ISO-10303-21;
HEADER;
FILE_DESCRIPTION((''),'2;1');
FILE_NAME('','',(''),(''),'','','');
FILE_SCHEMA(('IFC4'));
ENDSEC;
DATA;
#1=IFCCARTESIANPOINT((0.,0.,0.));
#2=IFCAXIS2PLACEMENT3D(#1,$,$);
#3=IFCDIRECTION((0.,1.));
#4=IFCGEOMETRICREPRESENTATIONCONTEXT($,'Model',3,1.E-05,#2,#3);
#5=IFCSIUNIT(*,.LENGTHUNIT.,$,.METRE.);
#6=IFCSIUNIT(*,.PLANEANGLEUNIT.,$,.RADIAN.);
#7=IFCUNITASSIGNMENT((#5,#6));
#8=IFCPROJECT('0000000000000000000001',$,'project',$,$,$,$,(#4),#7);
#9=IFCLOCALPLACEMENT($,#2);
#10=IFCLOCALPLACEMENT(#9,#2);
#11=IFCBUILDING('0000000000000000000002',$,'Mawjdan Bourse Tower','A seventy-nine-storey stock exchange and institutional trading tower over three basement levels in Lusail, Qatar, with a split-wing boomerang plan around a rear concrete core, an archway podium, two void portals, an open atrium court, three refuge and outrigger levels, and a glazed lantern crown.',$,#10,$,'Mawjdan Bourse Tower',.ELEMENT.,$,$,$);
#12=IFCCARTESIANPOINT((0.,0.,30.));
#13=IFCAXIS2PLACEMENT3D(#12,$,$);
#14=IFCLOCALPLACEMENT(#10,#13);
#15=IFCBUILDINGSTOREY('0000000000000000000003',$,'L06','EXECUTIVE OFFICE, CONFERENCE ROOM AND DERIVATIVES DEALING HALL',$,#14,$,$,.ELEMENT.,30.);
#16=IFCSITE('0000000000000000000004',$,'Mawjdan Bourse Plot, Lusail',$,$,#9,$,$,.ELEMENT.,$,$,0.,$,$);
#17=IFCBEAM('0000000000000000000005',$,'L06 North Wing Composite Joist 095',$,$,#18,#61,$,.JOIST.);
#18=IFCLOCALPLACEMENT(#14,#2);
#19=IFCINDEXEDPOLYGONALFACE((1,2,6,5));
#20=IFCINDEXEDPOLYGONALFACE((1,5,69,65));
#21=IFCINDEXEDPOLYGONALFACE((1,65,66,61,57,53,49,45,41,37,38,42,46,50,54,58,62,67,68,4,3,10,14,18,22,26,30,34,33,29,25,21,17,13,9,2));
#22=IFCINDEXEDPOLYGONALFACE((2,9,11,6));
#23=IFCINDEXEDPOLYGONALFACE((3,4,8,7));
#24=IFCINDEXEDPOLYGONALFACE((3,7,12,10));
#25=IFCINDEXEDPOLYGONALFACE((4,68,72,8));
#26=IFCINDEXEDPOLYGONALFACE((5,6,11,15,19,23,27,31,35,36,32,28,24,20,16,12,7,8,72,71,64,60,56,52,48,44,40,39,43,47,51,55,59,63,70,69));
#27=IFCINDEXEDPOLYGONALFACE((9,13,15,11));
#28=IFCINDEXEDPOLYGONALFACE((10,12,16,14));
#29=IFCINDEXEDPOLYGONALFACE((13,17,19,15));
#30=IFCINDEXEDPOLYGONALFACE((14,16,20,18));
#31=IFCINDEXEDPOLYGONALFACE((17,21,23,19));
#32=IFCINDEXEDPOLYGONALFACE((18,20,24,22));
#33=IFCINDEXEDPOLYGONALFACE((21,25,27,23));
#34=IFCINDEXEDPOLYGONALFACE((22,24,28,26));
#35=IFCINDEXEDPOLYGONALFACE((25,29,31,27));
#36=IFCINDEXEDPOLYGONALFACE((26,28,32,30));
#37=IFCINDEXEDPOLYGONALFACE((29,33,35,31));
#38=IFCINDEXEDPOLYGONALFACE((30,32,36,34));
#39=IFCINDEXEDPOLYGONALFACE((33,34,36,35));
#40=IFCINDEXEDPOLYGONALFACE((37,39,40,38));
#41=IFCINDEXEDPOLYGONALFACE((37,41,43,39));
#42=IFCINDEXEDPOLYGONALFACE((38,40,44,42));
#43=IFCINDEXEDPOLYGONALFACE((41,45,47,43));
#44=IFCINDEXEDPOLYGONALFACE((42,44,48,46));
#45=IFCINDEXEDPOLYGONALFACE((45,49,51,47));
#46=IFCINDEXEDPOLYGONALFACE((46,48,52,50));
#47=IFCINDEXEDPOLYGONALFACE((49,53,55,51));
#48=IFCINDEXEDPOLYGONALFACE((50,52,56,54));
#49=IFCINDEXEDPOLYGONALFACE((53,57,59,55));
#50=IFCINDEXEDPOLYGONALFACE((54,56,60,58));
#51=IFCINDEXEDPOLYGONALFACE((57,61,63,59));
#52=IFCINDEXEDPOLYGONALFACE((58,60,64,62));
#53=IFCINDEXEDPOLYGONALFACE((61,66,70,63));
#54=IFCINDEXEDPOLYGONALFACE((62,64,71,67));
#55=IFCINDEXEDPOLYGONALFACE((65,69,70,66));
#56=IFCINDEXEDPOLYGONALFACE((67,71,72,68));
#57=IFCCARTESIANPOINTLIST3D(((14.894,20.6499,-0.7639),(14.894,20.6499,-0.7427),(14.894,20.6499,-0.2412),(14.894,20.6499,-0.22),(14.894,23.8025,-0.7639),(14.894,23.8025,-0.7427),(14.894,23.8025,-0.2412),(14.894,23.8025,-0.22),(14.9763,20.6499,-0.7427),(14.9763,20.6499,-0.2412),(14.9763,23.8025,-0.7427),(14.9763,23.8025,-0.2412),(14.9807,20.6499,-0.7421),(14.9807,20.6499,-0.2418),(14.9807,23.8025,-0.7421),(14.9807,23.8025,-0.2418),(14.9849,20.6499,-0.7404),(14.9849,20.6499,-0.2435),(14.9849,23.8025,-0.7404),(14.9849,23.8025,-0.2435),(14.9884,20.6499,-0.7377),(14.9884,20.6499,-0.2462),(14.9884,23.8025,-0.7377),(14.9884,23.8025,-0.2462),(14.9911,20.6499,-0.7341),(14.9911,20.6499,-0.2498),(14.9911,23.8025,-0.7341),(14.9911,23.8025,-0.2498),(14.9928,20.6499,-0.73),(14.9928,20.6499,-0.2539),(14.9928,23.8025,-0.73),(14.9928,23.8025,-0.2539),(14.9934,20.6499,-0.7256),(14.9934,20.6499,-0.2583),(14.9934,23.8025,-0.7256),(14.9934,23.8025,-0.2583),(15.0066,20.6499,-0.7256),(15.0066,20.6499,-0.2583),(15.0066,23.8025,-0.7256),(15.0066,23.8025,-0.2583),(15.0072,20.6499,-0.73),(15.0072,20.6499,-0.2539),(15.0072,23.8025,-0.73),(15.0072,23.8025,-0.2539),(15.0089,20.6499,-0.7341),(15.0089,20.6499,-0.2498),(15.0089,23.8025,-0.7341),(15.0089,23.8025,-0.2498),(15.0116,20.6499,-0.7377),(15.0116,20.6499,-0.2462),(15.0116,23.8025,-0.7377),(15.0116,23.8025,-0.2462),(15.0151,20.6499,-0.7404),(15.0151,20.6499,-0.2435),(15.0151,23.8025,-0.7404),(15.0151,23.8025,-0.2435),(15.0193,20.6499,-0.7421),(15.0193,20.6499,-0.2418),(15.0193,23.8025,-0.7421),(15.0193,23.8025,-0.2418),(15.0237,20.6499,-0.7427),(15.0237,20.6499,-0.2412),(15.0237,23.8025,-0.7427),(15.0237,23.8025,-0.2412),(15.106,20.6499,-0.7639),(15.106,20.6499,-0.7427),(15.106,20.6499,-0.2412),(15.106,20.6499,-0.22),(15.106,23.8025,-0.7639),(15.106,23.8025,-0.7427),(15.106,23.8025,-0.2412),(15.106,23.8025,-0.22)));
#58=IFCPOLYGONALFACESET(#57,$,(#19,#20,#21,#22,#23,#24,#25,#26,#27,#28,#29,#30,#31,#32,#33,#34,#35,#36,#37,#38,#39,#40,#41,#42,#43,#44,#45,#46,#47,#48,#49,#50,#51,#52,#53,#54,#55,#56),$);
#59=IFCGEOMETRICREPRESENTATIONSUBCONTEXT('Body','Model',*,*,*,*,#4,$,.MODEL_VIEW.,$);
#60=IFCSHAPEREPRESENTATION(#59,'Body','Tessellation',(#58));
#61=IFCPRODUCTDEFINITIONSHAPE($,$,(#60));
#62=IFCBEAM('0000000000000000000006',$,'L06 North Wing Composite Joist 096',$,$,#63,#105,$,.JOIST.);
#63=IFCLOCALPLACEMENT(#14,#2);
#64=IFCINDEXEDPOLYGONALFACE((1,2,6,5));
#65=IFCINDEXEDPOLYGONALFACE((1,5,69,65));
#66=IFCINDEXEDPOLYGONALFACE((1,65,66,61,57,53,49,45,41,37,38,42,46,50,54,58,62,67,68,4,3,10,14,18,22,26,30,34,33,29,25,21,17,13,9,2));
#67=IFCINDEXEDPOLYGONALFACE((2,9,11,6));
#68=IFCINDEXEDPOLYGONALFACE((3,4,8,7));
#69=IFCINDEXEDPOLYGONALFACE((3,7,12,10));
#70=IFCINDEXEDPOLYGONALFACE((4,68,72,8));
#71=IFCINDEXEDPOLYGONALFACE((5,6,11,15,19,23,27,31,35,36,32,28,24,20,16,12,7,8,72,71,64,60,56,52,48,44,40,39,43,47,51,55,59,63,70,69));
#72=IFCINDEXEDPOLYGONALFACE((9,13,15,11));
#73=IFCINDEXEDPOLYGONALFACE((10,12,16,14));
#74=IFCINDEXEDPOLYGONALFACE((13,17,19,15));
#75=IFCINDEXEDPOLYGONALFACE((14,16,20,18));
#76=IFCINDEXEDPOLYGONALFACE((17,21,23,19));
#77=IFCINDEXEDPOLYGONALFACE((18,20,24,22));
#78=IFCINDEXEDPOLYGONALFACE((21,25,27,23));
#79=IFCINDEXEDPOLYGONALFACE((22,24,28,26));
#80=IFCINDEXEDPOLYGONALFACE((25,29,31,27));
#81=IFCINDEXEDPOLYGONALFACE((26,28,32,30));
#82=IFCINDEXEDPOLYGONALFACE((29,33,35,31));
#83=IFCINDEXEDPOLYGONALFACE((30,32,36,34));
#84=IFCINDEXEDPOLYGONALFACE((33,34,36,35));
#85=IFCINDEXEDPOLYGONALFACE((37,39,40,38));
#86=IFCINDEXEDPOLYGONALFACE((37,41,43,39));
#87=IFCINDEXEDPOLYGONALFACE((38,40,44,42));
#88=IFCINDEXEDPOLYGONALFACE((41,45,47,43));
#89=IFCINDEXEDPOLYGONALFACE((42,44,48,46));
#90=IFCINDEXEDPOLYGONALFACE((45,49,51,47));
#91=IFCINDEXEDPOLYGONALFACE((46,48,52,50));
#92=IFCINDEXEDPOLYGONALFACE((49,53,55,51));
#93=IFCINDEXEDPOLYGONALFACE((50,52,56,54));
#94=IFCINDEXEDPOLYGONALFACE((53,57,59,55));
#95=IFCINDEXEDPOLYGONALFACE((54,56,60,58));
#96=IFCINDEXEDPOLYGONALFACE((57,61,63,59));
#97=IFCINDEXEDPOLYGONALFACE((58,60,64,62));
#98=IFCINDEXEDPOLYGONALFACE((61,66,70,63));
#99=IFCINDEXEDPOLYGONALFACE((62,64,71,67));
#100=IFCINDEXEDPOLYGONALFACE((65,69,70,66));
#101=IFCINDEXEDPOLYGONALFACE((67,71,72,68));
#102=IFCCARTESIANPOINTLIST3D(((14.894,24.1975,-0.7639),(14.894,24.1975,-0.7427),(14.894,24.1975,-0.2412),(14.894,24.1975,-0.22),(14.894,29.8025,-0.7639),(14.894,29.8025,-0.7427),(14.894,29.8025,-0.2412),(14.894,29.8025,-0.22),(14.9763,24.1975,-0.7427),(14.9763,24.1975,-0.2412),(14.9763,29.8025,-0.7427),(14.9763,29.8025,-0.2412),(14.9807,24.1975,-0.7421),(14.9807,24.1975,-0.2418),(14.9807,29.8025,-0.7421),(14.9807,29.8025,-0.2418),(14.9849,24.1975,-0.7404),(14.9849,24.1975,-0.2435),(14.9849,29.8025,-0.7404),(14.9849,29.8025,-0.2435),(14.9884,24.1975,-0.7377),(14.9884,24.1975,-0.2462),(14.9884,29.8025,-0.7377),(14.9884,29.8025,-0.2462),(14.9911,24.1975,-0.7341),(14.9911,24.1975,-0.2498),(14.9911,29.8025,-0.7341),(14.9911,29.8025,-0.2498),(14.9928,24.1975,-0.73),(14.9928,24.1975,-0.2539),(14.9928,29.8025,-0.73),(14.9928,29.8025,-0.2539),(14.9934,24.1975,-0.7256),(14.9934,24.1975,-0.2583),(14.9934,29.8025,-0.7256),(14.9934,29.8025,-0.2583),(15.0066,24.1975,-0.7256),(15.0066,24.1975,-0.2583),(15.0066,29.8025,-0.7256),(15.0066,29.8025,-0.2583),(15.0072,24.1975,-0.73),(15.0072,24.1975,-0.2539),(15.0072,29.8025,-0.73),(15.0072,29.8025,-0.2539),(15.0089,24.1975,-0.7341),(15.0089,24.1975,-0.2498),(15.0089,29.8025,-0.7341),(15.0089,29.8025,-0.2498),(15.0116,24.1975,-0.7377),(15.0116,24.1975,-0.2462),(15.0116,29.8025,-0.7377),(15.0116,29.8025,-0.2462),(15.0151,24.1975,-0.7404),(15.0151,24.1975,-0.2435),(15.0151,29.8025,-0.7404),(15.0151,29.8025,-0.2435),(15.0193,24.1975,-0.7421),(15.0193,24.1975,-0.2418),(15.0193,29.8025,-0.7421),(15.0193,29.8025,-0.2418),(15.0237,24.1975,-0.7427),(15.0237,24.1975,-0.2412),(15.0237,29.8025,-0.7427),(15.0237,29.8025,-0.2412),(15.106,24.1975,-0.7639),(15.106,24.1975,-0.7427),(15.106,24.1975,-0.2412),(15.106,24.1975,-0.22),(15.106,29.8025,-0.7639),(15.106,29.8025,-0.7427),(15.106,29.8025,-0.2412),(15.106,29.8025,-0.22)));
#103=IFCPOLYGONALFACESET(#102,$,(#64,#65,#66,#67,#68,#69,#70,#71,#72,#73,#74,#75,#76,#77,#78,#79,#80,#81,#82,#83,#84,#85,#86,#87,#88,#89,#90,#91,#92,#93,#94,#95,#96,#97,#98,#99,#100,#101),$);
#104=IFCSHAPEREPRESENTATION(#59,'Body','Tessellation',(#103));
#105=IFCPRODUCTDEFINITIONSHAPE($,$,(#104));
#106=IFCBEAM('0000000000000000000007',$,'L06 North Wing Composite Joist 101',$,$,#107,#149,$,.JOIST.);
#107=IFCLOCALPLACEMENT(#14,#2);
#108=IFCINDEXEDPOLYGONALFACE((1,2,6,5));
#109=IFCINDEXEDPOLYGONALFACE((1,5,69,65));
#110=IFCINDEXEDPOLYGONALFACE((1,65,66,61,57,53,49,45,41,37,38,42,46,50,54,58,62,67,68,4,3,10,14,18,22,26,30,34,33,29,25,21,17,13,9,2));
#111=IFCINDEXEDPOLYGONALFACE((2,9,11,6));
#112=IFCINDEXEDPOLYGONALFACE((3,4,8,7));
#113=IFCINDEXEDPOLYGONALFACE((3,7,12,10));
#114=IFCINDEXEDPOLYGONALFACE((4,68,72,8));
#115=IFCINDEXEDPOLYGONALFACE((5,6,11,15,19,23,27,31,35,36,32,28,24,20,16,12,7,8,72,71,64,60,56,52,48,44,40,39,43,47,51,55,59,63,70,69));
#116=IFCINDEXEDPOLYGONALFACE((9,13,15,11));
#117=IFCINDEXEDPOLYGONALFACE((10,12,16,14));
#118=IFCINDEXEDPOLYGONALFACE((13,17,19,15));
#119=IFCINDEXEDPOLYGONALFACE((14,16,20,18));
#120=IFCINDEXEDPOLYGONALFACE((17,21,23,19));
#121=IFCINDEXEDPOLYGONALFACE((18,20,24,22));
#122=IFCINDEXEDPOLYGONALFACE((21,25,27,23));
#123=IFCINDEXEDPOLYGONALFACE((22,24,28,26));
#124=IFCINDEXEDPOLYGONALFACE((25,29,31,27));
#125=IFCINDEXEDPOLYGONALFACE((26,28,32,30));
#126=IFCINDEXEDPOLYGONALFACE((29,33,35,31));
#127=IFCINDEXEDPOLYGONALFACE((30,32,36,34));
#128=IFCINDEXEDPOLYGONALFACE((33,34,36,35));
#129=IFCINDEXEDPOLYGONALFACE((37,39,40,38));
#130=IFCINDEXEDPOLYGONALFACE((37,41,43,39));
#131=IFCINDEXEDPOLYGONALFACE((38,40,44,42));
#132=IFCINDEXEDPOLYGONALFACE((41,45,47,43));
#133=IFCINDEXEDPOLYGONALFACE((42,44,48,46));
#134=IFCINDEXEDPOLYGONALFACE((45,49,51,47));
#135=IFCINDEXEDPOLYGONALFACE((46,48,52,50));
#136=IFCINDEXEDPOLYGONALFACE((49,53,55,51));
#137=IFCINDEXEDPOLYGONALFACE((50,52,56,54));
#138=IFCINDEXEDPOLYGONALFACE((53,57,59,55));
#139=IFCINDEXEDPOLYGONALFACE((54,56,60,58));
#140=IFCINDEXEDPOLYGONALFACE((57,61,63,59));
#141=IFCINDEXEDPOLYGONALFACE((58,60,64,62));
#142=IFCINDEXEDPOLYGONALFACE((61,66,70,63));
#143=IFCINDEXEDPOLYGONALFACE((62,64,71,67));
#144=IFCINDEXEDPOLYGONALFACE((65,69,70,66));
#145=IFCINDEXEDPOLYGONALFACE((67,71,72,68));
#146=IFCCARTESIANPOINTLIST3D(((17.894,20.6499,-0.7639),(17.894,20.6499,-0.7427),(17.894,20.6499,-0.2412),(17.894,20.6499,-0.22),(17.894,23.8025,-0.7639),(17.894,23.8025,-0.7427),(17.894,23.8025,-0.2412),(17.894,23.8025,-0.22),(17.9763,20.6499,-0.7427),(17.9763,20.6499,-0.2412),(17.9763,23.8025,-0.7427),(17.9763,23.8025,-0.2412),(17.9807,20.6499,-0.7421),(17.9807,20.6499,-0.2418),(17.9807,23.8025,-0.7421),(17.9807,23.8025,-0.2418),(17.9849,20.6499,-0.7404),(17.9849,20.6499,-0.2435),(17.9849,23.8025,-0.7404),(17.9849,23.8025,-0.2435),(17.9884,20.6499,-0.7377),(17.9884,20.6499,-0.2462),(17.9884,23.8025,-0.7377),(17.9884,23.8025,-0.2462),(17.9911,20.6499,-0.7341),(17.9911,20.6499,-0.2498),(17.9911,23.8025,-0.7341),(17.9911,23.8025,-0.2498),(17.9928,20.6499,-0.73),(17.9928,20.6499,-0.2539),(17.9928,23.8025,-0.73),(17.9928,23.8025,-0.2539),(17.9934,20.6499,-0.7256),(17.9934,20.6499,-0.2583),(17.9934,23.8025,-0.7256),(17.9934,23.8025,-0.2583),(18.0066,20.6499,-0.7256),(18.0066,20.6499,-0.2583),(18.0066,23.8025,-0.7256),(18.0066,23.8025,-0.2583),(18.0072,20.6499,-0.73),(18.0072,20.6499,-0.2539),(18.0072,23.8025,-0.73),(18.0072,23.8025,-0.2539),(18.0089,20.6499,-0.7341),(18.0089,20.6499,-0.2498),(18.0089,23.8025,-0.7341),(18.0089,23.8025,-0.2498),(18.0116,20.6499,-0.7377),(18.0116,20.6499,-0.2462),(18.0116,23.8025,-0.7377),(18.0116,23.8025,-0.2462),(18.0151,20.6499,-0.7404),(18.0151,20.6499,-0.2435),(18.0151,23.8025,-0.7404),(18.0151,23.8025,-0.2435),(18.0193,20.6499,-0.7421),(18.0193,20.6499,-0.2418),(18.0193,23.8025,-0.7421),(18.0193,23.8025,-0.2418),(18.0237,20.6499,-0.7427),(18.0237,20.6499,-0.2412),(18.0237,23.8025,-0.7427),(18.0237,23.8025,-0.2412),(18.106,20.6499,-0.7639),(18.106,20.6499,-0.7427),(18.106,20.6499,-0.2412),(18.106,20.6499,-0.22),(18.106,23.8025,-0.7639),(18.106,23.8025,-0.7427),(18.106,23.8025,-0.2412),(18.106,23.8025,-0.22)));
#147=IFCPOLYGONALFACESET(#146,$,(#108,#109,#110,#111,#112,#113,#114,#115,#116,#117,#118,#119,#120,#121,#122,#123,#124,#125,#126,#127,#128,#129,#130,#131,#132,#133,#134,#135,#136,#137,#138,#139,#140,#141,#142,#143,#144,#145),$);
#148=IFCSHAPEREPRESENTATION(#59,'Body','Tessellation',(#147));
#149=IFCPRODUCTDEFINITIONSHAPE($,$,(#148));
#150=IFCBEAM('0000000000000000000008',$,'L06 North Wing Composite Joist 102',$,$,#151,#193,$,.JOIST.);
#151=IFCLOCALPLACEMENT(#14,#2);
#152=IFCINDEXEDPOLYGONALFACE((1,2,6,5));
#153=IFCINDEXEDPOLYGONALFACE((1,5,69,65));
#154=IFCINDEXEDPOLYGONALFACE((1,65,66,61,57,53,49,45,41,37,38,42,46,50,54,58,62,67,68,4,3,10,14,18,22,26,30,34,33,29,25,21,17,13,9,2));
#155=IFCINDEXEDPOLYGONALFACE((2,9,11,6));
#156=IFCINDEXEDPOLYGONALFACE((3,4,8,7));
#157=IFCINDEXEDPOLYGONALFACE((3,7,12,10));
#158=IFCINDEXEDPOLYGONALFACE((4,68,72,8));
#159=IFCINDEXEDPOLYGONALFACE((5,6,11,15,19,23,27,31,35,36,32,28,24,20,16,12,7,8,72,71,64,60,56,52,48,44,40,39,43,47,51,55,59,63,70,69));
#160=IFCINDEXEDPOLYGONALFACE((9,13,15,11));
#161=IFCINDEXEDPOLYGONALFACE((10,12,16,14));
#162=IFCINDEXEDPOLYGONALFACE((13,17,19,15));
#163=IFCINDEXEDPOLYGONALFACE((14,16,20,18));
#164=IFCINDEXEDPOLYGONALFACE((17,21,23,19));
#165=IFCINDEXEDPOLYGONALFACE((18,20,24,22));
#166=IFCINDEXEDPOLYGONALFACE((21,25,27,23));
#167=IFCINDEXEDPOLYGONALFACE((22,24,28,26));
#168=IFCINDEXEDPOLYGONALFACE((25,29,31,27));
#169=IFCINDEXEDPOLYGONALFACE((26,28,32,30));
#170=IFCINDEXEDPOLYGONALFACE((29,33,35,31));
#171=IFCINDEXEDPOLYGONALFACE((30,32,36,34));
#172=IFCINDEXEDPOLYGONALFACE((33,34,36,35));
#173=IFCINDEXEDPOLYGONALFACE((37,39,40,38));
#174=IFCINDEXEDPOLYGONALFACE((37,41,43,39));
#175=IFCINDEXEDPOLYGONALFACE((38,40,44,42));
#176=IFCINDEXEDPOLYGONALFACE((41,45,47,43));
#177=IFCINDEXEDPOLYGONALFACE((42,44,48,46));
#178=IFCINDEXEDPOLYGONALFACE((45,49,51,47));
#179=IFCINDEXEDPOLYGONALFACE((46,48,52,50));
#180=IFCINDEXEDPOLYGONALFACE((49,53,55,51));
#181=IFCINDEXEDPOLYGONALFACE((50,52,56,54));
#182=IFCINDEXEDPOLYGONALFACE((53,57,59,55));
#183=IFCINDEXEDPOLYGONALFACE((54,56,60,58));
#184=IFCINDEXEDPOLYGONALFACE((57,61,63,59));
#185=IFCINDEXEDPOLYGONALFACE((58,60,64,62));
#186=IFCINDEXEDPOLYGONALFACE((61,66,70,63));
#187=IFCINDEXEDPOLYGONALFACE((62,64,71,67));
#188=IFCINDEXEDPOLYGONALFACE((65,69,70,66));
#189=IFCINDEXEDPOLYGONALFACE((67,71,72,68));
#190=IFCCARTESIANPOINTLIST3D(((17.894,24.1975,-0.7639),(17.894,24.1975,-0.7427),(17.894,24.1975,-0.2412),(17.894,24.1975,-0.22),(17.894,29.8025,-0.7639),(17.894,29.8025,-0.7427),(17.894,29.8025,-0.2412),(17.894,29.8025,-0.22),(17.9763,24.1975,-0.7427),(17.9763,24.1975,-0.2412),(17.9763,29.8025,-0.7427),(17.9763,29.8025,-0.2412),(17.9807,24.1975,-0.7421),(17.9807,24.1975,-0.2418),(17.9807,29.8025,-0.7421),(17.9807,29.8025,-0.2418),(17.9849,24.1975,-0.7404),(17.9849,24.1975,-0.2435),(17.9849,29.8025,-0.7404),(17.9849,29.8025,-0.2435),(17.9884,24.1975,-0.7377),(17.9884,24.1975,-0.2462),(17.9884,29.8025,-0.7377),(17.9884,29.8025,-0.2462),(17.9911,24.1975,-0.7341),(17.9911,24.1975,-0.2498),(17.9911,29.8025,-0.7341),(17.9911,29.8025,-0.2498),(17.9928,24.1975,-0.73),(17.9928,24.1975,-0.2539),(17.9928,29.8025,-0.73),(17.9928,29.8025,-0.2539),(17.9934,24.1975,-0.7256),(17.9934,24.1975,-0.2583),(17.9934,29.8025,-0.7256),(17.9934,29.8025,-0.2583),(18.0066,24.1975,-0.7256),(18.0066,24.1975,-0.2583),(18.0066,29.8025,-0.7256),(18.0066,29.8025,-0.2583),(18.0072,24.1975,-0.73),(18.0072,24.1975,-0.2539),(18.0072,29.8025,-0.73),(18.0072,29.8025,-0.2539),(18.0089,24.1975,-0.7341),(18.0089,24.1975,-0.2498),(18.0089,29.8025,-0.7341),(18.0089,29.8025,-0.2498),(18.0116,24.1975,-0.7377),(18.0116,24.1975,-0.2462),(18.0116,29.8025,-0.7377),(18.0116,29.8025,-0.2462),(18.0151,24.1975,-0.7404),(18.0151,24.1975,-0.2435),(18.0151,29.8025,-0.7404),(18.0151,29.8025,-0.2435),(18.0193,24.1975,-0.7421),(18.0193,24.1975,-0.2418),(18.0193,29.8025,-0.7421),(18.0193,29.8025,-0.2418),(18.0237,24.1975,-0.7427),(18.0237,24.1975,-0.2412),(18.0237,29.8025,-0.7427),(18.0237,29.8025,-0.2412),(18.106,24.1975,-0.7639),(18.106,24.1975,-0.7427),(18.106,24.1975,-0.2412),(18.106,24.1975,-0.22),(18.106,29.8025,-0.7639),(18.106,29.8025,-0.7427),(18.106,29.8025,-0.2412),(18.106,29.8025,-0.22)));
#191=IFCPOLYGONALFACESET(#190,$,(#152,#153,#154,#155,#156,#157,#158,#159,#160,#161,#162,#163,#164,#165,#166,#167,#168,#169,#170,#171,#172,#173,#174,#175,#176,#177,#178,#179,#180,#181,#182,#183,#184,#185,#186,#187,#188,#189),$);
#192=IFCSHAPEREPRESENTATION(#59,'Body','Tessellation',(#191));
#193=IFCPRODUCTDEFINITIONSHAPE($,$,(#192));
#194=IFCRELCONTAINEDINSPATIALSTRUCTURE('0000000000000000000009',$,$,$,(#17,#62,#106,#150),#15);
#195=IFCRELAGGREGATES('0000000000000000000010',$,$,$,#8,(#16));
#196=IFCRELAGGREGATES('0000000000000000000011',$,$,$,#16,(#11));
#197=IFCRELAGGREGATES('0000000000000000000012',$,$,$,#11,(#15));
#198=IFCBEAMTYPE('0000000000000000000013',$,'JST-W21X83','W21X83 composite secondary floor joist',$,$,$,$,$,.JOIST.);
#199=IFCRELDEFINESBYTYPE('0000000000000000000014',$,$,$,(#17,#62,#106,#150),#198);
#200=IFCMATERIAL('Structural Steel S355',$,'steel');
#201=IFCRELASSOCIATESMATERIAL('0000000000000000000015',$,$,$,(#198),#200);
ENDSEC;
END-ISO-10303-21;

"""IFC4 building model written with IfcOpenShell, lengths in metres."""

from ifc_helpers import new_model, si_unit, direction, frame, origin, origin_2d, place, context, subcontext, project, spatial, i_section, extrude, material, material_profile, profile_set, type_object, element, save


model = new_model("IFC4")

# Units and contexts
model_context = context("Model", 3, precision=1e-05, world=origin(), true_north=direction((0.0, 1.0)))
body_context = subcontext(model_context, "Body", "Model", "MODEL_VIEW")
ifc_project = project(units=[si_unit("LENGTHUNIT", "METRE"), si_unit("PLANEANGLEUNIT", "RADIAN")], contexts=[model_context])

# Site, building, storey
site_placement = place(None, origin())
site = spatial("IfcSite", under=ifc_project, at=site_placement, Name="Mawjdan Bourse Plot, Lusail", CompositionType="ELEMENT", RefElevation=0.0)
building_placement = place(site_placement, origin())
building = spatial("IfcBuilding", under=site, at=building_placement, Name="Mawjdan Bourse Tower", Description="A seventy-nine-storey stock exchange and institutional trading tower over three basement levels in Lusail, Qatar, with a split-wing boomerang plan around a rear concrete core, an archway podium, two void portals, an open atrium court, three refuge and outrigger levels, and a glazed lantern crown.", LongName="Mawjdan Bourse Tower", CompositionType="ELEMENT")
storey_placement = place(building_placement, frame((0.0, 0.0, 30.0)))
storey = spatial("IfcBuildingStorey", under=building, at=storey_placement, Name="L06", Description="EXECUTIVE OFFICE, CONFERENCE ROOM AND DERIVATIVES DEALING HALL", CompositionType="ELEMENT", Elevation=30.0)

# Beams
ifc_material_1 = material(Name="Structural Steel S355", Category="steel")
ifc_material_profile_1 = material_profile(ifc_material_1, i_section(OverallWidth=0.2119, OverallDepth=0.5439, WebThickness=0.0132, FlangeThickness=0.0212, FilletRadius=0.0171, at=origin_2d()), Name="W21X83")
ifc_profile_set_1 = profile_set([ifc_material_profile_1], Name="Structural Steel S355")
beam_type_1 = type_object("IfcBeamType", Name="JST-W21X83", Description="W21X83 composite secondary floor joist", PredefinedType="JOIST", material=ifc_profile_set_1)
beam_1_placement = place(storey_placement, frame((15.0, 20.6499, -0.4919), z_axis=(0.0, 1.0, 0.0), x_axis=(-1.0, 0.0, 0.0)))
element("IfcBeam", 1, at=beam_1_placement, inside=storey, type_object=beam_type_1, Name="L06 North Wing Composite Joist 095", PredefinedType="JOIST", context=body_context, shape_type="SweptSolid", body=[
    extrude(i_section(OverallWidth=0.2119, OverallDepth=0.5439, WebThickness=0.0132, FlangeThickness=0.0212, FilletRadius=0.0171, at=origin_2d()), origin(), (0.0, 0.0, 1.0), 3.1526),
])
beam_2_placement = place(storey_placement, frame((15.0, 24.1975, -0.4919), z_axis=(0.0, 1.0, 0.0), x_axis=(-1.0, 0.0, 0.0)))
element("IfcBeam", 2, at=beam_2_placement, inside=storey, type_object=beam_type_1, Name="L06 North Wing Composite Joist 096", PredefinedType="JOIST", context=body_context, shape_type="SweptSolid", body=[
    extrude(i_section(OverallWidth=0.2119, OverallDepth=0.5439, WebThickness=0.0132, FlangeThickness=0.0212, FilletRadius=0.0171, at=origin_2d()), origin(), (0.0, 0.0, 1.0), 5.605),
])
beam_3_placement = place(storey_placement, frame((18.0, 20.6499, -0.4919), z_axis=(0.0, 1.0, 0.0), x_axis=(-1.0, 0.0, 0.0)))
element("IfcBeam", 3, at=beam_3_placement, inside=storey, type_object=beam_type_1, Name="L06 North Wing Composite Joist 101", PredefinedType="JOIST", context=body_context, shape_type="SweptSolid", body=[
    extrude(i_section(OverallWidth=0.2119, OverallDepth=0.5439, WebThickness=0.0132, FlangeThickness=0.0212, FilletRadius=0.0171, at=origin_2d()), origin(), (0.0, 0.0, 1.0), 3.1526),
])
beam_4_placement = place(storey_placement, frame((18.0, 24.1975, -0.4919), z_axis=(0.0, 1.0, 0.0), x_axis=(-1.0, 0.0, 0.0)))
element("IfcBeam", 4, at=beam_4_placement, inside=storey, type_object=beam_type_1, Name="L06 North Wing Composite Joist 102", PredefinedType="JOIST", context=body_context, shape_type="SweptSolid", body=[
    extrude(i_section(OverallWidth=0.2119, OverallDepth=0.5439, WebThickness=0.0132, FlangeThickness=0.0212, FilletRadius=0.0171, at=origin_2d()), origin(), (0.0, 0.0, 1.0), 5.605),
])

save(model, "model.ifc")
